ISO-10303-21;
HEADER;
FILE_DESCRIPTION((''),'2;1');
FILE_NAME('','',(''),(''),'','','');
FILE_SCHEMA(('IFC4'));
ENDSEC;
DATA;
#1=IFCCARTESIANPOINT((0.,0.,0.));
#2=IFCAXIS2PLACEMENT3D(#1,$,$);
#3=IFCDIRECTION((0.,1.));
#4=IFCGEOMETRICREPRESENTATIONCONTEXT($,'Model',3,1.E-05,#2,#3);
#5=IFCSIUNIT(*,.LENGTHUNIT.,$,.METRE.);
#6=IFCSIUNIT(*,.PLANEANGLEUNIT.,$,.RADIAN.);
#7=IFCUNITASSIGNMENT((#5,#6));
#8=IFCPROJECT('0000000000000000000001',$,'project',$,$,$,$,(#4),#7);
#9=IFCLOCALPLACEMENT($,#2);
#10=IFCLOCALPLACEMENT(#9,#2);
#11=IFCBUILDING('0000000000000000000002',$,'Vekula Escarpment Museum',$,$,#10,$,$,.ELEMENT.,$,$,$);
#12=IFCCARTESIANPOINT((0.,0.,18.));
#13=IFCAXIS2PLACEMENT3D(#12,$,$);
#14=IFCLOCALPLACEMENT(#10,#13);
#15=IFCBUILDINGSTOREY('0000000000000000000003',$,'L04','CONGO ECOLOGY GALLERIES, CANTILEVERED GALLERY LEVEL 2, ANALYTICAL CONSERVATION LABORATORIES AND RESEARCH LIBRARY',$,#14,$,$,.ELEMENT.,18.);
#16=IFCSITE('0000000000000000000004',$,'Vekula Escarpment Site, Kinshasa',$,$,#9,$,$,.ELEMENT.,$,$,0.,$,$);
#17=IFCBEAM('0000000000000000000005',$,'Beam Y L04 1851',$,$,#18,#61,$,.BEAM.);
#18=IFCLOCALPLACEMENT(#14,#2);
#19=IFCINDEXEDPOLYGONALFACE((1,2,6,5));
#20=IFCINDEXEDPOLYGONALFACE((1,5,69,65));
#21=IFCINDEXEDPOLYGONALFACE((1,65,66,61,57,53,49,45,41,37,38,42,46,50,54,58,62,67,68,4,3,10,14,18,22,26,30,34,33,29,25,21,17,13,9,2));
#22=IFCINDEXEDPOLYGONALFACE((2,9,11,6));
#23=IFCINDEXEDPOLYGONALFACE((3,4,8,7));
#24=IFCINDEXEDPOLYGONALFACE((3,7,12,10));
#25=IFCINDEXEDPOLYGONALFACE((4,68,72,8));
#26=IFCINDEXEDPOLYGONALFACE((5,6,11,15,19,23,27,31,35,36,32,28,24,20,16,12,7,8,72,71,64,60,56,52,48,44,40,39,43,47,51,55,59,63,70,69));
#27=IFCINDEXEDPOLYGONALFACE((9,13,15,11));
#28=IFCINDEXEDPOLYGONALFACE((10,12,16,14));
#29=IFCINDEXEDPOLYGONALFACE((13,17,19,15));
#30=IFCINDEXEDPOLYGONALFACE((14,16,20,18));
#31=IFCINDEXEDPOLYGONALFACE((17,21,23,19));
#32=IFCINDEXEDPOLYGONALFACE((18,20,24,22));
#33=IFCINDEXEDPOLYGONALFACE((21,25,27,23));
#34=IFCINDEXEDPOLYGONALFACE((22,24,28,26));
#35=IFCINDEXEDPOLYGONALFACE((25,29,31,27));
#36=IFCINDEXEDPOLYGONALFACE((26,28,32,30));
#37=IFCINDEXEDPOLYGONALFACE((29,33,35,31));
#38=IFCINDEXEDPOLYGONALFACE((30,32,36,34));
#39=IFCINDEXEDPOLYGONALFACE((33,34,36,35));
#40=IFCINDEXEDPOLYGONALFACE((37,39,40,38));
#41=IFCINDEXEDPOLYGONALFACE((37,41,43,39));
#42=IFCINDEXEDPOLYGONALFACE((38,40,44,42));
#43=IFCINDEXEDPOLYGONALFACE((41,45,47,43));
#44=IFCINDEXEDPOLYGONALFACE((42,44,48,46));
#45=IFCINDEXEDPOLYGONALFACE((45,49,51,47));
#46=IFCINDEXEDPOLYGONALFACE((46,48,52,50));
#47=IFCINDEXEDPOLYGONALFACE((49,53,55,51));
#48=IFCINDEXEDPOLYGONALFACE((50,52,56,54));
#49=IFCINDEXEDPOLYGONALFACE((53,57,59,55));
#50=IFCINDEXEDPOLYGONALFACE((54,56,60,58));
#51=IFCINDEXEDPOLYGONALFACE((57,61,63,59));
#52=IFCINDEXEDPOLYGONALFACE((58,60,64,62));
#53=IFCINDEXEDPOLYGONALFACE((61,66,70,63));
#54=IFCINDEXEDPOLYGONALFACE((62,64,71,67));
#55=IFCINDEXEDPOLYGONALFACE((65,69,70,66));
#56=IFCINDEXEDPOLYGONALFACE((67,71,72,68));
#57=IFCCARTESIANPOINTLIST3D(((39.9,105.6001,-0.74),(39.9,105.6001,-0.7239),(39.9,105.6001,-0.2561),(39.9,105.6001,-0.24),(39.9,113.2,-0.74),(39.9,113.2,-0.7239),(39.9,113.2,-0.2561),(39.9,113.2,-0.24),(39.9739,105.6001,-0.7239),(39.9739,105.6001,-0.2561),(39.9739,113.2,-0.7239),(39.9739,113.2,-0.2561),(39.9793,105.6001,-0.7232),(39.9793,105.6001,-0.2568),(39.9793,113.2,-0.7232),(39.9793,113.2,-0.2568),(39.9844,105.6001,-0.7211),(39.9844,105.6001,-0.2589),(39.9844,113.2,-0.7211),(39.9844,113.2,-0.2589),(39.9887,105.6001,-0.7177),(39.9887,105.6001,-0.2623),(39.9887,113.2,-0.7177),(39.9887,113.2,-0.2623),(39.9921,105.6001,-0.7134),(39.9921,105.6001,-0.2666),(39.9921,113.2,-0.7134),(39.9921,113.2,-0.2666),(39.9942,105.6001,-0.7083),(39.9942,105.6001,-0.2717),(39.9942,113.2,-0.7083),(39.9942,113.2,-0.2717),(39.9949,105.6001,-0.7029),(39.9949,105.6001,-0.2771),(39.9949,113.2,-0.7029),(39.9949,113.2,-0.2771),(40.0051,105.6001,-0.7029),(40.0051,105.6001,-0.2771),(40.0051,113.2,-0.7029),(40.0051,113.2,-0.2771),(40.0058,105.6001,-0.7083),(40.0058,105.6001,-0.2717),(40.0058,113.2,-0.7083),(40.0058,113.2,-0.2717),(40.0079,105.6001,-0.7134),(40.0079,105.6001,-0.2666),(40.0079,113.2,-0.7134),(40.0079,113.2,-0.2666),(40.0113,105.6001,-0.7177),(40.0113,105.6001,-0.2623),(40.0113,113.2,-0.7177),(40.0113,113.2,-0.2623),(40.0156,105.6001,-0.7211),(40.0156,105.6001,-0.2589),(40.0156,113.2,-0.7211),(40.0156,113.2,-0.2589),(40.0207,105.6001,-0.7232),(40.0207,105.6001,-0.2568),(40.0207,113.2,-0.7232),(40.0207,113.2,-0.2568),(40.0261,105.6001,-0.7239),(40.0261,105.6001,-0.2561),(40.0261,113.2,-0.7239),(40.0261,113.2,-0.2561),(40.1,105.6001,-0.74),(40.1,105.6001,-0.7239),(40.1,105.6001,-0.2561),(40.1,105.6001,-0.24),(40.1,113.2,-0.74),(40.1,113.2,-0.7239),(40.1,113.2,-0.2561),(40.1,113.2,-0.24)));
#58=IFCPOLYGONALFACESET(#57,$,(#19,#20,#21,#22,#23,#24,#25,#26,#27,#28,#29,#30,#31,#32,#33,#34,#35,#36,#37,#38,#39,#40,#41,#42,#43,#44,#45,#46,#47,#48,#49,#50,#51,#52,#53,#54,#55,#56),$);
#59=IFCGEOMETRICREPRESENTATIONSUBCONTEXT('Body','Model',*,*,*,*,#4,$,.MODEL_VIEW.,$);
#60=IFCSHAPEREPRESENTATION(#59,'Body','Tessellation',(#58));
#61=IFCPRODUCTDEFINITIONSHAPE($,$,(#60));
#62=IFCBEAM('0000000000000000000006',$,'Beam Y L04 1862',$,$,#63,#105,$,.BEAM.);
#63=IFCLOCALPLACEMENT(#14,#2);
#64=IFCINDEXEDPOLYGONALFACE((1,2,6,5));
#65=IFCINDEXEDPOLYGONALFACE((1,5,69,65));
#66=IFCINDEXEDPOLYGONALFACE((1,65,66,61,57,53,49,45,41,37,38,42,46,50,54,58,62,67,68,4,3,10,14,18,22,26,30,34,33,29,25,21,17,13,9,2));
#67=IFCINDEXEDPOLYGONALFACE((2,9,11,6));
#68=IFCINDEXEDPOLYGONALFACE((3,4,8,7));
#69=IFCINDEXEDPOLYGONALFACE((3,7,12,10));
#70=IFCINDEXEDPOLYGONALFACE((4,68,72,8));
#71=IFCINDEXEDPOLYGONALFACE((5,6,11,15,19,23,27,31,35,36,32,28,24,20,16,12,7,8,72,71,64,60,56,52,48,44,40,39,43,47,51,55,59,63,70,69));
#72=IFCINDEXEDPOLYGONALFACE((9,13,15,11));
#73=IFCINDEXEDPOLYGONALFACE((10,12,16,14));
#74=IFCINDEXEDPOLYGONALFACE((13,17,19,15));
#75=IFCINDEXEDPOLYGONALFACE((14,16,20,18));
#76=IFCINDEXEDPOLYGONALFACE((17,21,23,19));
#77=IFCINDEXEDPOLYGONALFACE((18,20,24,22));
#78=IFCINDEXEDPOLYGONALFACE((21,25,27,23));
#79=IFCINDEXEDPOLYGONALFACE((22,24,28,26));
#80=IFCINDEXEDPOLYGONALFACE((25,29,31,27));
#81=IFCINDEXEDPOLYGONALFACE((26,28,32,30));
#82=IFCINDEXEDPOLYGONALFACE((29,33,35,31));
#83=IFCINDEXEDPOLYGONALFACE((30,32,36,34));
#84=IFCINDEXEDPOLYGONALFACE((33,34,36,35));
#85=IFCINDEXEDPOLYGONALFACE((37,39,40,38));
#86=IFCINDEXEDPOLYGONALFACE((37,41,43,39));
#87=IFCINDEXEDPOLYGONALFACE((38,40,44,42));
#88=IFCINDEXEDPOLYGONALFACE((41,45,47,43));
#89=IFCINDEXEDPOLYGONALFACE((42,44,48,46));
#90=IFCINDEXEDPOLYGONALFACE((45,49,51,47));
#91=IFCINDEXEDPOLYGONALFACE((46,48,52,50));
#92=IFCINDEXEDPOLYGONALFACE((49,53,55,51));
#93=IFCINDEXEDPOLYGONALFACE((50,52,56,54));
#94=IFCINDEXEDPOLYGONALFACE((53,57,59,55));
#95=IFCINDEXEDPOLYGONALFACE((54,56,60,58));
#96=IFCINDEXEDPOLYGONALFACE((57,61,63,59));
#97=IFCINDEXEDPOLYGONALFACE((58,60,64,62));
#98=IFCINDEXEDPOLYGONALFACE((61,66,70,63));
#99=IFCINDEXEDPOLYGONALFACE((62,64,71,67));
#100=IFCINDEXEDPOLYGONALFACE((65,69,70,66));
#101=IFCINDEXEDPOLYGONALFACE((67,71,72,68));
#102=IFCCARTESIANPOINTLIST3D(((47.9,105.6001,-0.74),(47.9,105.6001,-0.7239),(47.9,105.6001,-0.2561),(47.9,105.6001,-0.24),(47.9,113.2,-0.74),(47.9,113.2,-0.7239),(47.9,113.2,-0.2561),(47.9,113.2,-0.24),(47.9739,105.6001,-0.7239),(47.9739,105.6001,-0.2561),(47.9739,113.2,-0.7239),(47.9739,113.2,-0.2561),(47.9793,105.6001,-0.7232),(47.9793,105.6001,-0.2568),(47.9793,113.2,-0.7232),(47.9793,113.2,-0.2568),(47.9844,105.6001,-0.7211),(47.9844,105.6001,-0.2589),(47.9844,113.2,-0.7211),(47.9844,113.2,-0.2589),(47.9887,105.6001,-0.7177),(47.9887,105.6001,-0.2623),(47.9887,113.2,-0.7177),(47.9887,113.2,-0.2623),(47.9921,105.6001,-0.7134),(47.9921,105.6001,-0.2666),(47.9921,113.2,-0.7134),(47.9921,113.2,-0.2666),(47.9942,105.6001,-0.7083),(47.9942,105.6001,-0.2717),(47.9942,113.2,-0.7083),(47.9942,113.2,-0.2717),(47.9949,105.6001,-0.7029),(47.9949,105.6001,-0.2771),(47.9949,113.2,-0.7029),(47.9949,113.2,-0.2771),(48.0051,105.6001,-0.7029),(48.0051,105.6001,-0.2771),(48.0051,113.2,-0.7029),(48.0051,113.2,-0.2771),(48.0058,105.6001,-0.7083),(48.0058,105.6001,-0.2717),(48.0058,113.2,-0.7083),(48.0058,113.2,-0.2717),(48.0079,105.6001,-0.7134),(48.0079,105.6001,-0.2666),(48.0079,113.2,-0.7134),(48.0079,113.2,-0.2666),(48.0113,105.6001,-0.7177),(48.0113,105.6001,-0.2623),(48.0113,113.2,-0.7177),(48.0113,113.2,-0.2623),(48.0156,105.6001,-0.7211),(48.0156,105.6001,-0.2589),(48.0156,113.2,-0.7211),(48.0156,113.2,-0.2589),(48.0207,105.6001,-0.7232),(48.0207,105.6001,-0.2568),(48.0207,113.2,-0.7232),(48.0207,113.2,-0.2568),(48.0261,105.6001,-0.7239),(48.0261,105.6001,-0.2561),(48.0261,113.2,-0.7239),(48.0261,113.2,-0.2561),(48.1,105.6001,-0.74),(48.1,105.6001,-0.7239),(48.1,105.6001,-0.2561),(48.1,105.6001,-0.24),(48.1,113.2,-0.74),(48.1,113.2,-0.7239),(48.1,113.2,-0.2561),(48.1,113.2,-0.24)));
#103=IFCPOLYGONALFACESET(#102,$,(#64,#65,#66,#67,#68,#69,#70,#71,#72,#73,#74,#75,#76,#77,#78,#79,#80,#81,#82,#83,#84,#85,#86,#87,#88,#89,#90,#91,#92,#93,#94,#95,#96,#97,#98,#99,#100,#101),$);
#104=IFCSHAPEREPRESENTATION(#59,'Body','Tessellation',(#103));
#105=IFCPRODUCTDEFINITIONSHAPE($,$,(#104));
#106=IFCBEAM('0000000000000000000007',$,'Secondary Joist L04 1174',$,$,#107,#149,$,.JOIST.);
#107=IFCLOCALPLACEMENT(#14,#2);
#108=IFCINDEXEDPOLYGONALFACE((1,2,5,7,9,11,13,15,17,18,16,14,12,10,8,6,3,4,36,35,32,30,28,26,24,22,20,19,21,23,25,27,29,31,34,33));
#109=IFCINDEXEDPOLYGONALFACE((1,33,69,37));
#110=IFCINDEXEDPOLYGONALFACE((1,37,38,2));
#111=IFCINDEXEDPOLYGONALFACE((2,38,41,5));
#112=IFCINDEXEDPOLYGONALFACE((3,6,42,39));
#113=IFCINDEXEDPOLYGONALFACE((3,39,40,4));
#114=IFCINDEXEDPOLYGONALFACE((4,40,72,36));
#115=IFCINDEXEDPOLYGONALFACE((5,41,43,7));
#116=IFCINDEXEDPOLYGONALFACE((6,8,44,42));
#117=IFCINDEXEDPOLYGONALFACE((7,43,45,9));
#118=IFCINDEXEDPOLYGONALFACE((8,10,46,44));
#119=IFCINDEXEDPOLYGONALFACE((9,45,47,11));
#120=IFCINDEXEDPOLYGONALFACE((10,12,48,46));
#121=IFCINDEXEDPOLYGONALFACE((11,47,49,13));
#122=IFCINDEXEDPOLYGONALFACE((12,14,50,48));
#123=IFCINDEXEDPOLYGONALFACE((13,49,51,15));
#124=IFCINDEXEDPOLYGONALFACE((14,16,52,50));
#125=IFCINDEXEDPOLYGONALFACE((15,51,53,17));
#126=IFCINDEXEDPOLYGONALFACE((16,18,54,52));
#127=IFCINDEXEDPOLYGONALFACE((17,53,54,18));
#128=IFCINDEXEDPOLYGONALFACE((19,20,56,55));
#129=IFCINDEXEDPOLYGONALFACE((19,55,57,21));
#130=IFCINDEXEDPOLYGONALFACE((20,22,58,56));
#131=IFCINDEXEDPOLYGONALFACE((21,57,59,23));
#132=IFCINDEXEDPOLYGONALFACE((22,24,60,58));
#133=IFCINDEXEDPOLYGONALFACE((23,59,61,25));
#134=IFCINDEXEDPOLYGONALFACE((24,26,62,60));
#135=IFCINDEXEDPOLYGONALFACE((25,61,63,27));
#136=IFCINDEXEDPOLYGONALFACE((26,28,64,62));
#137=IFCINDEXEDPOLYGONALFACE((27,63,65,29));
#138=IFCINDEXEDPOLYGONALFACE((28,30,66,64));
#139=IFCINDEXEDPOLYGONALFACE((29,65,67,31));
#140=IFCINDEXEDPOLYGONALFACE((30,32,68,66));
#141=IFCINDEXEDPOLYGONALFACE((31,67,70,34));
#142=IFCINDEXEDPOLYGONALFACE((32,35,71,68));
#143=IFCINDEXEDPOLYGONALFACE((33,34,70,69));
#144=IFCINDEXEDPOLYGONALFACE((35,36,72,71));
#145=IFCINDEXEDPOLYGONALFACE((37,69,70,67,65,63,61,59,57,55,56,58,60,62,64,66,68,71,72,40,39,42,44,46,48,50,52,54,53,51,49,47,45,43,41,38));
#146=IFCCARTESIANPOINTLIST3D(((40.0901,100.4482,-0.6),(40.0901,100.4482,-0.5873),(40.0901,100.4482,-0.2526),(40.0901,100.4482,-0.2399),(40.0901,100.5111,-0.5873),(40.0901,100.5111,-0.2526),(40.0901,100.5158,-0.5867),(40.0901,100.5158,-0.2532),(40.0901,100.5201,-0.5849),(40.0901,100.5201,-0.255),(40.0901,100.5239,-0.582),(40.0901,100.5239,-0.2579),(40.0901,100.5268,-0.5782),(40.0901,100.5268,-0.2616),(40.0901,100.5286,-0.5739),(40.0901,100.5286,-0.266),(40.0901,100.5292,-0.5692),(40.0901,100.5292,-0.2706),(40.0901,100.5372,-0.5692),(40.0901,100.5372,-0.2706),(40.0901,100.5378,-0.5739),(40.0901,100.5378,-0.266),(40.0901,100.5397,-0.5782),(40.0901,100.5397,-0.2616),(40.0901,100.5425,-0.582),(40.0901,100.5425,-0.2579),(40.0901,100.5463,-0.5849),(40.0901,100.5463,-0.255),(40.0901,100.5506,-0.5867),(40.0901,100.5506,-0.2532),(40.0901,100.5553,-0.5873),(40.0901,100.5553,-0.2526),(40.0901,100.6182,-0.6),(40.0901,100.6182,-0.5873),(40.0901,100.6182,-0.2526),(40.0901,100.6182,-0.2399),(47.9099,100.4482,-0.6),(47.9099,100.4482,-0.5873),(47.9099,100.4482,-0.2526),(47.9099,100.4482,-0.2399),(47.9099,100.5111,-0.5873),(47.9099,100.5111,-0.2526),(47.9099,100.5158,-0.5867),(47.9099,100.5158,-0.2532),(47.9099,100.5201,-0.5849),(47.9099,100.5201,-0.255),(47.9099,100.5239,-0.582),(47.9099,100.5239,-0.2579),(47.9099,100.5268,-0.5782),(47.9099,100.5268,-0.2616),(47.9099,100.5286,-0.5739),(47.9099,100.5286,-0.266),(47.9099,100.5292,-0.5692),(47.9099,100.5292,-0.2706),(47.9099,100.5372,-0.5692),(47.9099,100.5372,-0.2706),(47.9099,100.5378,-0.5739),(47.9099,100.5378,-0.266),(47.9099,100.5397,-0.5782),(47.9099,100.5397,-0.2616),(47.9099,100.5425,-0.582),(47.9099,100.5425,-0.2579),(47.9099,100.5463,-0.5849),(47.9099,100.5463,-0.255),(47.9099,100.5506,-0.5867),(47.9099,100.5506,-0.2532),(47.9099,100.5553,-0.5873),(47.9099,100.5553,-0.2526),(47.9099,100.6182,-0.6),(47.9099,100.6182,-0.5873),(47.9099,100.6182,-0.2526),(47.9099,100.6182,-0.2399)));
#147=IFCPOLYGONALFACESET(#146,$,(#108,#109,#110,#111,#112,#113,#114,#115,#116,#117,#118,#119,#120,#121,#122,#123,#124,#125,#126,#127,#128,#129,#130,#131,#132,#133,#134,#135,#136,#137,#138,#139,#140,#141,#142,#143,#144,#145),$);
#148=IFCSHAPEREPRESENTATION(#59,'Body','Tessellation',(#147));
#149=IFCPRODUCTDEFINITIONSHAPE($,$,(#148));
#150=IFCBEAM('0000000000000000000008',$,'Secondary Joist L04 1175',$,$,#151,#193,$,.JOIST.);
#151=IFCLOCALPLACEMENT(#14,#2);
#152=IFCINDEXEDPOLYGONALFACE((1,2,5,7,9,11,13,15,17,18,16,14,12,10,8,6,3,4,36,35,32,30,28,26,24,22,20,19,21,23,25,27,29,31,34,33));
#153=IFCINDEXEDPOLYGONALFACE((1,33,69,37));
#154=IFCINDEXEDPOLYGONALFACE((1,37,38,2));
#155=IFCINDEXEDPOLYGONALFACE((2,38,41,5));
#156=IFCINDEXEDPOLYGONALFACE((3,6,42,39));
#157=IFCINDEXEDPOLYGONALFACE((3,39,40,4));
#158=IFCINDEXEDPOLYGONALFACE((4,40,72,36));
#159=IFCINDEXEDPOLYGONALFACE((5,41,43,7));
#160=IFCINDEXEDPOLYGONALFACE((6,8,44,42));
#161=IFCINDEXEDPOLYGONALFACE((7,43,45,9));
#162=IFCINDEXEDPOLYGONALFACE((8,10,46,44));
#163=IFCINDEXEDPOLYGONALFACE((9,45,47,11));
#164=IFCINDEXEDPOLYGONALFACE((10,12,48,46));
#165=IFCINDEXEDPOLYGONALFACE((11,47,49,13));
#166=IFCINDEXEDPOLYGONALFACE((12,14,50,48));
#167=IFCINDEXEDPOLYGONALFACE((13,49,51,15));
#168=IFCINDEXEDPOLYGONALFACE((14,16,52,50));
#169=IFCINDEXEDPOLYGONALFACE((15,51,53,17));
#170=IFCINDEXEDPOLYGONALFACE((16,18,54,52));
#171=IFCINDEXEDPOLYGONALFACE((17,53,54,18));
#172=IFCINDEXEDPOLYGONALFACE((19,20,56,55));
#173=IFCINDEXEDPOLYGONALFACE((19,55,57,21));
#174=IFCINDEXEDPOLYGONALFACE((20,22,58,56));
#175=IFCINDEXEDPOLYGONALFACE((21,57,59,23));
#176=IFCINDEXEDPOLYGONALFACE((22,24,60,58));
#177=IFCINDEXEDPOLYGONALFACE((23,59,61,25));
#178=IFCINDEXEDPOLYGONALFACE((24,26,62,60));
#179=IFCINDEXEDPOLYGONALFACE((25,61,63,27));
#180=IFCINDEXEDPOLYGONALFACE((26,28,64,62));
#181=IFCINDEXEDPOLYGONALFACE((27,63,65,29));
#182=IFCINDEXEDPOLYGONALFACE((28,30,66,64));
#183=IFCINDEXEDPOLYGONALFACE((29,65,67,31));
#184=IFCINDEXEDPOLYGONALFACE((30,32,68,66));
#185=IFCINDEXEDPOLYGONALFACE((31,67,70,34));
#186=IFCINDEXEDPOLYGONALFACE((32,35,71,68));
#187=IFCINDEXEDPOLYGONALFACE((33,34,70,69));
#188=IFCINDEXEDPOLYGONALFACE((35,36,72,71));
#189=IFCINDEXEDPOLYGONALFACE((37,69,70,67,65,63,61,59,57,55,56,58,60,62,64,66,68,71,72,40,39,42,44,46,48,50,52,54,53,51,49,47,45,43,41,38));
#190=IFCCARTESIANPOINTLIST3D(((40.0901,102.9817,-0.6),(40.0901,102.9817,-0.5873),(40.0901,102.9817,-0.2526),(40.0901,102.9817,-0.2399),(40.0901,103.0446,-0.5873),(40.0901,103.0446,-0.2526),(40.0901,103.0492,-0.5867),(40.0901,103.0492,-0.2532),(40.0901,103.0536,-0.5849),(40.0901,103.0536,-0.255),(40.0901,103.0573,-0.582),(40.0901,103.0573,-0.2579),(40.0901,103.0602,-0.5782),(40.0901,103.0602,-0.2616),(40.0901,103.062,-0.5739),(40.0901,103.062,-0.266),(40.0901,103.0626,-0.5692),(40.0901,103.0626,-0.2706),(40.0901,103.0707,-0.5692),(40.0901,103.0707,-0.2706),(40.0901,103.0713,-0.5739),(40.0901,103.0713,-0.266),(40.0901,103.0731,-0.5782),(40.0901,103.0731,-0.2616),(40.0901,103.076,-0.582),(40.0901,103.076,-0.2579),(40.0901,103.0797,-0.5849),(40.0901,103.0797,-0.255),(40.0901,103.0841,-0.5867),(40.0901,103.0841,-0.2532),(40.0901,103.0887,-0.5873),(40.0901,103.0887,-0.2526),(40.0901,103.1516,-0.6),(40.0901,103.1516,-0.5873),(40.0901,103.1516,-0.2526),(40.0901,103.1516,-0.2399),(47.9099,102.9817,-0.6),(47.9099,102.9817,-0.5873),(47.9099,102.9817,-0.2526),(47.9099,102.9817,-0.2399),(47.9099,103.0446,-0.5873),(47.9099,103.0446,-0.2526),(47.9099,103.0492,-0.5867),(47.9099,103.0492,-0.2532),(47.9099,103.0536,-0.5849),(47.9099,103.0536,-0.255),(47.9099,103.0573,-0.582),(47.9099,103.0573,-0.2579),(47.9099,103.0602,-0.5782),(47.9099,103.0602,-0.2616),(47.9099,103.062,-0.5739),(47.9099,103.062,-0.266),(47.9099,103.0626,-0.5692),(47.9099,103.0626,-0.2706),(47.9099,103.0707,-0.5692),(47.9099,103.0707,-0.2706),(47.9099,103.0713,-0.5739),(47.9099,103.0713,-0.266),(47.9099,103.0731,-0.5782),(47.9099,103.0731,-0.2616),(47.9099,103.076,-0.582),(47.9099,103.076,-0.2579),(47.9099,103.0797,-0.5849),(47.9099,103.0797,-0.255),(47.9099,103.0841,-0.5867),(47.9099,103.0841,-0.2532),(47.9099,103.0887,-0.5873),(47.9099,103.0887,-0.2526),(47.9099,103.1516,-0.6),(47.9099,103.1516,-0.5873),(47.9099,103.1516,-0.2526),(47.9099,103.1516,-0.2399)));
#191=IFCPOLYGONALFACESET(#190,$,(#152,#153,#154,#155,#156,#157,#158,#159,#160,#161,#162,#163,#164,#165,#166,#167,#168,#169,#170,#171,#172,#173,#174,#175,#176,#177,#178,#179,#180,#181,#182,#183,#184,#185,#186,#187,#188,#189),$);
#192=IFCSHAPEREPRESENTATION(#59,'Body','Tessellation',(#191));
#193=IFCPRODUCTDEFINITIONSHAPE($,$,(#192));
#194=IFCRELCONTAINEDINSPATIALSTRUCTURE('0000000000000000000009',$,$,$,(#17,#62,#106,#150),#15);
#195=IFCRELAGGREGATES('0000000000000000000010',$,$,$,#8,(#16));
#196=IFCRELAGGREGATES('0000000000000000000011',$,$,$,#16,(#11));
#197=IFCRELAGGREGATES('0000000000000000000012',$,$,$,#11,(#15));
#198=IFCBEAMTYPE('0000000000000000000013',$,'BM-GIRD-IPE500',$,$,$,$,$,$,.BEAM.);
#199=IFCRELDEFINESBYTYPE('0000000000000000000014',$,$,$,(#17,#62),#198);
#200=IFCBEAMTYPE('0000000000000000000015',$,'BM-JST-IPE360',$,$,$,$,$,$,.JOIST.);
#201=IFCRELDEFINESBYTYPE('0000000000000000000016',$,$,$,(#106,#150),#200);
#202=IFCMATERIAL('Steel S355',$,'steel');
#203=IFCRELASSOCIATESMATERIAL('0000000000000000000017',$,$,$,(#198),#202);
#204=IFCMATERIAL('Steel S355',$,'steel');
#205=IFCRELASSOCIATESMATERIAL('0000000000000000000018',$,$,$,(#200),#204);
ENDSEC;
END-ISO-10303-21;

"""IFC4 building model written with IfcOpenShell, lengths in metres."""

from ifc_helpers import new_model, si_unit, direction, frame, origin, origin_2d, place, context, subcontext, project, spatial, i_section, extrude, material, material_profile, profile_set, type_object, element, save


model = new_model("IFC4")

# Units and contexts
model_context = context("Model", 3, precision=1e-05, world=origin(), true_north=direction((0.0, 1.0)))
body_context = subcontext(model_context, "Body", "Model", "MODEL_VIEW")
ifc_project = project(units=[si_unit("LENGTHUNIT", "METRE"), si_unit("PLANEANGLEUNIT", "RADIAN")], contexts=[model_context])

# Site, building, storey
site_placement = place(None, origin())
site = spatial("IfcSite", under=ifc_project, at=site_placement, Name="Vekula Escarpment Site, Kinshasa", CompositionType="ELEMENT", RefElevation=0.0)
building_placement = place(site_placement, origin())
building = spatial("IfcBuilding", under=site, at=building_placement, Name="Vekula Escarpment Museum", CompositionType="ELEMENT")
storey_placement = place(building_placement, frame((0.0, 0.0, 18.0)))
storey = spatial("IfcBuildingStorey", under=building, at=storey_placement, Name="L04", Description="CONGO ECOLOGY GALLERIES, CANTILEVERED GALLERY LEVEL 2, ANALYTICAL CONSERVATION LABORATORIES AND RESEARCH LIBRARY", CompositionType="ELEMENT", Elevation=18.0)

# Beams
ifc_material_1 = material(Name="Steel S355", Category="steel")
ifc_material_profile_1 = material_profile(ifc_material_1, i_section(OverallWidth=0.2, OverallDepth=0.5, WebThickness=0.0103, FlangeThickness=0.0161, FilletRadius=0.021, at=origin_2d()), Name="IPE 500")
ifc_profile_set_1 = profile_set([ifc_material_profile_1], Name="Steel S355")
beam_type_1 = type_object("IfcBeamType", Name="BM-GIRD-IPE500", PredefinedType="BEAM", material=ifc_profile_set_1)
for number, where, z_axis, x_axis, name in (
    (1, (40.0, 105.6001, -0.49), (0.0, 1.0, 0.0), (-1.0, 0.0, 0.0), "Beam Y L04 1851"),
    (2, (48.0, 105.6001, -0.49), (0.0, 1.0, 0.0), (-1.0, 0.0, 0.0), "Beam Y L04 1862"),
):
    element("IfcBeam", number, at=place(storey_placement, frame(where, z_axis=z_axis, x_axis=x_axis)), inside=storey, type_object=beam_type_1, Name=name, PredefinedType="BEAM", context=body_context, shape_type="SweptSolid", body=[
        extrude(i_section(OverallWidth=0.2, OverallDepth=0.5, WebThickness=0.0103, FlangeThickness=0.0161, FilletRadius=0.021, at=origin_2d()), origin(), (0.0, 0.0, 1.0), 7.5999),
    ])
ifc_material_2 = material(Name="Steel S355", Category="steel")
ifc_material_profile_2 = material_profile(ifc_material_2, i_section(OverallWidth=0.1699, OverallDepth=0.3601, WebThickness=0.0081, FlangeThickness=0.0127, FilletRadius=0.0181, at=origin_2d()), Name="IPE 360")
ifc_profile_set_2 = profile_set([ifc_material_profile_2], Name="Steel S355")
beam_type_2 = type_object("IfcBeamType", Name="BM-JST-IPE360", PredefinedType="JOIST", material=ifc_profile_set_2)
for number, where, z_axis, x_axis, name in (
    (3, (40.0901, 100.5332, -0.4199), (1.0, 0.0, 0.0), (0.0, 1.0, 0.0), "Secondary Joist L04 1174"),
    (4, (40.0901, 103.0667, -0.4199), (1.0, 0.0, 0.0), (0.0, 1.0, 0.0), "Secondary Joist L04 1175"),
):
    element("IfcBeam", number, at=place(storey_placement, frame(where, z_axis=z_axis, x_axis=x_axis)), inside=storey, type_object=beam_type_2, Name=name, PredefinedType="JOIST", context=body_context, shape_type="SweptSolid", body=[
        extrude(i_section(OverallWidth=0.1699, OverallDepth=0.3601, WebThickness=0.0081, FlangeThickness=0.0127, FilletRadius=0.0181, at=origin_2d()), origin(), (0.0, 0.0, 1.0), 7.8198),
    ])

save(model, "model.ifc")
